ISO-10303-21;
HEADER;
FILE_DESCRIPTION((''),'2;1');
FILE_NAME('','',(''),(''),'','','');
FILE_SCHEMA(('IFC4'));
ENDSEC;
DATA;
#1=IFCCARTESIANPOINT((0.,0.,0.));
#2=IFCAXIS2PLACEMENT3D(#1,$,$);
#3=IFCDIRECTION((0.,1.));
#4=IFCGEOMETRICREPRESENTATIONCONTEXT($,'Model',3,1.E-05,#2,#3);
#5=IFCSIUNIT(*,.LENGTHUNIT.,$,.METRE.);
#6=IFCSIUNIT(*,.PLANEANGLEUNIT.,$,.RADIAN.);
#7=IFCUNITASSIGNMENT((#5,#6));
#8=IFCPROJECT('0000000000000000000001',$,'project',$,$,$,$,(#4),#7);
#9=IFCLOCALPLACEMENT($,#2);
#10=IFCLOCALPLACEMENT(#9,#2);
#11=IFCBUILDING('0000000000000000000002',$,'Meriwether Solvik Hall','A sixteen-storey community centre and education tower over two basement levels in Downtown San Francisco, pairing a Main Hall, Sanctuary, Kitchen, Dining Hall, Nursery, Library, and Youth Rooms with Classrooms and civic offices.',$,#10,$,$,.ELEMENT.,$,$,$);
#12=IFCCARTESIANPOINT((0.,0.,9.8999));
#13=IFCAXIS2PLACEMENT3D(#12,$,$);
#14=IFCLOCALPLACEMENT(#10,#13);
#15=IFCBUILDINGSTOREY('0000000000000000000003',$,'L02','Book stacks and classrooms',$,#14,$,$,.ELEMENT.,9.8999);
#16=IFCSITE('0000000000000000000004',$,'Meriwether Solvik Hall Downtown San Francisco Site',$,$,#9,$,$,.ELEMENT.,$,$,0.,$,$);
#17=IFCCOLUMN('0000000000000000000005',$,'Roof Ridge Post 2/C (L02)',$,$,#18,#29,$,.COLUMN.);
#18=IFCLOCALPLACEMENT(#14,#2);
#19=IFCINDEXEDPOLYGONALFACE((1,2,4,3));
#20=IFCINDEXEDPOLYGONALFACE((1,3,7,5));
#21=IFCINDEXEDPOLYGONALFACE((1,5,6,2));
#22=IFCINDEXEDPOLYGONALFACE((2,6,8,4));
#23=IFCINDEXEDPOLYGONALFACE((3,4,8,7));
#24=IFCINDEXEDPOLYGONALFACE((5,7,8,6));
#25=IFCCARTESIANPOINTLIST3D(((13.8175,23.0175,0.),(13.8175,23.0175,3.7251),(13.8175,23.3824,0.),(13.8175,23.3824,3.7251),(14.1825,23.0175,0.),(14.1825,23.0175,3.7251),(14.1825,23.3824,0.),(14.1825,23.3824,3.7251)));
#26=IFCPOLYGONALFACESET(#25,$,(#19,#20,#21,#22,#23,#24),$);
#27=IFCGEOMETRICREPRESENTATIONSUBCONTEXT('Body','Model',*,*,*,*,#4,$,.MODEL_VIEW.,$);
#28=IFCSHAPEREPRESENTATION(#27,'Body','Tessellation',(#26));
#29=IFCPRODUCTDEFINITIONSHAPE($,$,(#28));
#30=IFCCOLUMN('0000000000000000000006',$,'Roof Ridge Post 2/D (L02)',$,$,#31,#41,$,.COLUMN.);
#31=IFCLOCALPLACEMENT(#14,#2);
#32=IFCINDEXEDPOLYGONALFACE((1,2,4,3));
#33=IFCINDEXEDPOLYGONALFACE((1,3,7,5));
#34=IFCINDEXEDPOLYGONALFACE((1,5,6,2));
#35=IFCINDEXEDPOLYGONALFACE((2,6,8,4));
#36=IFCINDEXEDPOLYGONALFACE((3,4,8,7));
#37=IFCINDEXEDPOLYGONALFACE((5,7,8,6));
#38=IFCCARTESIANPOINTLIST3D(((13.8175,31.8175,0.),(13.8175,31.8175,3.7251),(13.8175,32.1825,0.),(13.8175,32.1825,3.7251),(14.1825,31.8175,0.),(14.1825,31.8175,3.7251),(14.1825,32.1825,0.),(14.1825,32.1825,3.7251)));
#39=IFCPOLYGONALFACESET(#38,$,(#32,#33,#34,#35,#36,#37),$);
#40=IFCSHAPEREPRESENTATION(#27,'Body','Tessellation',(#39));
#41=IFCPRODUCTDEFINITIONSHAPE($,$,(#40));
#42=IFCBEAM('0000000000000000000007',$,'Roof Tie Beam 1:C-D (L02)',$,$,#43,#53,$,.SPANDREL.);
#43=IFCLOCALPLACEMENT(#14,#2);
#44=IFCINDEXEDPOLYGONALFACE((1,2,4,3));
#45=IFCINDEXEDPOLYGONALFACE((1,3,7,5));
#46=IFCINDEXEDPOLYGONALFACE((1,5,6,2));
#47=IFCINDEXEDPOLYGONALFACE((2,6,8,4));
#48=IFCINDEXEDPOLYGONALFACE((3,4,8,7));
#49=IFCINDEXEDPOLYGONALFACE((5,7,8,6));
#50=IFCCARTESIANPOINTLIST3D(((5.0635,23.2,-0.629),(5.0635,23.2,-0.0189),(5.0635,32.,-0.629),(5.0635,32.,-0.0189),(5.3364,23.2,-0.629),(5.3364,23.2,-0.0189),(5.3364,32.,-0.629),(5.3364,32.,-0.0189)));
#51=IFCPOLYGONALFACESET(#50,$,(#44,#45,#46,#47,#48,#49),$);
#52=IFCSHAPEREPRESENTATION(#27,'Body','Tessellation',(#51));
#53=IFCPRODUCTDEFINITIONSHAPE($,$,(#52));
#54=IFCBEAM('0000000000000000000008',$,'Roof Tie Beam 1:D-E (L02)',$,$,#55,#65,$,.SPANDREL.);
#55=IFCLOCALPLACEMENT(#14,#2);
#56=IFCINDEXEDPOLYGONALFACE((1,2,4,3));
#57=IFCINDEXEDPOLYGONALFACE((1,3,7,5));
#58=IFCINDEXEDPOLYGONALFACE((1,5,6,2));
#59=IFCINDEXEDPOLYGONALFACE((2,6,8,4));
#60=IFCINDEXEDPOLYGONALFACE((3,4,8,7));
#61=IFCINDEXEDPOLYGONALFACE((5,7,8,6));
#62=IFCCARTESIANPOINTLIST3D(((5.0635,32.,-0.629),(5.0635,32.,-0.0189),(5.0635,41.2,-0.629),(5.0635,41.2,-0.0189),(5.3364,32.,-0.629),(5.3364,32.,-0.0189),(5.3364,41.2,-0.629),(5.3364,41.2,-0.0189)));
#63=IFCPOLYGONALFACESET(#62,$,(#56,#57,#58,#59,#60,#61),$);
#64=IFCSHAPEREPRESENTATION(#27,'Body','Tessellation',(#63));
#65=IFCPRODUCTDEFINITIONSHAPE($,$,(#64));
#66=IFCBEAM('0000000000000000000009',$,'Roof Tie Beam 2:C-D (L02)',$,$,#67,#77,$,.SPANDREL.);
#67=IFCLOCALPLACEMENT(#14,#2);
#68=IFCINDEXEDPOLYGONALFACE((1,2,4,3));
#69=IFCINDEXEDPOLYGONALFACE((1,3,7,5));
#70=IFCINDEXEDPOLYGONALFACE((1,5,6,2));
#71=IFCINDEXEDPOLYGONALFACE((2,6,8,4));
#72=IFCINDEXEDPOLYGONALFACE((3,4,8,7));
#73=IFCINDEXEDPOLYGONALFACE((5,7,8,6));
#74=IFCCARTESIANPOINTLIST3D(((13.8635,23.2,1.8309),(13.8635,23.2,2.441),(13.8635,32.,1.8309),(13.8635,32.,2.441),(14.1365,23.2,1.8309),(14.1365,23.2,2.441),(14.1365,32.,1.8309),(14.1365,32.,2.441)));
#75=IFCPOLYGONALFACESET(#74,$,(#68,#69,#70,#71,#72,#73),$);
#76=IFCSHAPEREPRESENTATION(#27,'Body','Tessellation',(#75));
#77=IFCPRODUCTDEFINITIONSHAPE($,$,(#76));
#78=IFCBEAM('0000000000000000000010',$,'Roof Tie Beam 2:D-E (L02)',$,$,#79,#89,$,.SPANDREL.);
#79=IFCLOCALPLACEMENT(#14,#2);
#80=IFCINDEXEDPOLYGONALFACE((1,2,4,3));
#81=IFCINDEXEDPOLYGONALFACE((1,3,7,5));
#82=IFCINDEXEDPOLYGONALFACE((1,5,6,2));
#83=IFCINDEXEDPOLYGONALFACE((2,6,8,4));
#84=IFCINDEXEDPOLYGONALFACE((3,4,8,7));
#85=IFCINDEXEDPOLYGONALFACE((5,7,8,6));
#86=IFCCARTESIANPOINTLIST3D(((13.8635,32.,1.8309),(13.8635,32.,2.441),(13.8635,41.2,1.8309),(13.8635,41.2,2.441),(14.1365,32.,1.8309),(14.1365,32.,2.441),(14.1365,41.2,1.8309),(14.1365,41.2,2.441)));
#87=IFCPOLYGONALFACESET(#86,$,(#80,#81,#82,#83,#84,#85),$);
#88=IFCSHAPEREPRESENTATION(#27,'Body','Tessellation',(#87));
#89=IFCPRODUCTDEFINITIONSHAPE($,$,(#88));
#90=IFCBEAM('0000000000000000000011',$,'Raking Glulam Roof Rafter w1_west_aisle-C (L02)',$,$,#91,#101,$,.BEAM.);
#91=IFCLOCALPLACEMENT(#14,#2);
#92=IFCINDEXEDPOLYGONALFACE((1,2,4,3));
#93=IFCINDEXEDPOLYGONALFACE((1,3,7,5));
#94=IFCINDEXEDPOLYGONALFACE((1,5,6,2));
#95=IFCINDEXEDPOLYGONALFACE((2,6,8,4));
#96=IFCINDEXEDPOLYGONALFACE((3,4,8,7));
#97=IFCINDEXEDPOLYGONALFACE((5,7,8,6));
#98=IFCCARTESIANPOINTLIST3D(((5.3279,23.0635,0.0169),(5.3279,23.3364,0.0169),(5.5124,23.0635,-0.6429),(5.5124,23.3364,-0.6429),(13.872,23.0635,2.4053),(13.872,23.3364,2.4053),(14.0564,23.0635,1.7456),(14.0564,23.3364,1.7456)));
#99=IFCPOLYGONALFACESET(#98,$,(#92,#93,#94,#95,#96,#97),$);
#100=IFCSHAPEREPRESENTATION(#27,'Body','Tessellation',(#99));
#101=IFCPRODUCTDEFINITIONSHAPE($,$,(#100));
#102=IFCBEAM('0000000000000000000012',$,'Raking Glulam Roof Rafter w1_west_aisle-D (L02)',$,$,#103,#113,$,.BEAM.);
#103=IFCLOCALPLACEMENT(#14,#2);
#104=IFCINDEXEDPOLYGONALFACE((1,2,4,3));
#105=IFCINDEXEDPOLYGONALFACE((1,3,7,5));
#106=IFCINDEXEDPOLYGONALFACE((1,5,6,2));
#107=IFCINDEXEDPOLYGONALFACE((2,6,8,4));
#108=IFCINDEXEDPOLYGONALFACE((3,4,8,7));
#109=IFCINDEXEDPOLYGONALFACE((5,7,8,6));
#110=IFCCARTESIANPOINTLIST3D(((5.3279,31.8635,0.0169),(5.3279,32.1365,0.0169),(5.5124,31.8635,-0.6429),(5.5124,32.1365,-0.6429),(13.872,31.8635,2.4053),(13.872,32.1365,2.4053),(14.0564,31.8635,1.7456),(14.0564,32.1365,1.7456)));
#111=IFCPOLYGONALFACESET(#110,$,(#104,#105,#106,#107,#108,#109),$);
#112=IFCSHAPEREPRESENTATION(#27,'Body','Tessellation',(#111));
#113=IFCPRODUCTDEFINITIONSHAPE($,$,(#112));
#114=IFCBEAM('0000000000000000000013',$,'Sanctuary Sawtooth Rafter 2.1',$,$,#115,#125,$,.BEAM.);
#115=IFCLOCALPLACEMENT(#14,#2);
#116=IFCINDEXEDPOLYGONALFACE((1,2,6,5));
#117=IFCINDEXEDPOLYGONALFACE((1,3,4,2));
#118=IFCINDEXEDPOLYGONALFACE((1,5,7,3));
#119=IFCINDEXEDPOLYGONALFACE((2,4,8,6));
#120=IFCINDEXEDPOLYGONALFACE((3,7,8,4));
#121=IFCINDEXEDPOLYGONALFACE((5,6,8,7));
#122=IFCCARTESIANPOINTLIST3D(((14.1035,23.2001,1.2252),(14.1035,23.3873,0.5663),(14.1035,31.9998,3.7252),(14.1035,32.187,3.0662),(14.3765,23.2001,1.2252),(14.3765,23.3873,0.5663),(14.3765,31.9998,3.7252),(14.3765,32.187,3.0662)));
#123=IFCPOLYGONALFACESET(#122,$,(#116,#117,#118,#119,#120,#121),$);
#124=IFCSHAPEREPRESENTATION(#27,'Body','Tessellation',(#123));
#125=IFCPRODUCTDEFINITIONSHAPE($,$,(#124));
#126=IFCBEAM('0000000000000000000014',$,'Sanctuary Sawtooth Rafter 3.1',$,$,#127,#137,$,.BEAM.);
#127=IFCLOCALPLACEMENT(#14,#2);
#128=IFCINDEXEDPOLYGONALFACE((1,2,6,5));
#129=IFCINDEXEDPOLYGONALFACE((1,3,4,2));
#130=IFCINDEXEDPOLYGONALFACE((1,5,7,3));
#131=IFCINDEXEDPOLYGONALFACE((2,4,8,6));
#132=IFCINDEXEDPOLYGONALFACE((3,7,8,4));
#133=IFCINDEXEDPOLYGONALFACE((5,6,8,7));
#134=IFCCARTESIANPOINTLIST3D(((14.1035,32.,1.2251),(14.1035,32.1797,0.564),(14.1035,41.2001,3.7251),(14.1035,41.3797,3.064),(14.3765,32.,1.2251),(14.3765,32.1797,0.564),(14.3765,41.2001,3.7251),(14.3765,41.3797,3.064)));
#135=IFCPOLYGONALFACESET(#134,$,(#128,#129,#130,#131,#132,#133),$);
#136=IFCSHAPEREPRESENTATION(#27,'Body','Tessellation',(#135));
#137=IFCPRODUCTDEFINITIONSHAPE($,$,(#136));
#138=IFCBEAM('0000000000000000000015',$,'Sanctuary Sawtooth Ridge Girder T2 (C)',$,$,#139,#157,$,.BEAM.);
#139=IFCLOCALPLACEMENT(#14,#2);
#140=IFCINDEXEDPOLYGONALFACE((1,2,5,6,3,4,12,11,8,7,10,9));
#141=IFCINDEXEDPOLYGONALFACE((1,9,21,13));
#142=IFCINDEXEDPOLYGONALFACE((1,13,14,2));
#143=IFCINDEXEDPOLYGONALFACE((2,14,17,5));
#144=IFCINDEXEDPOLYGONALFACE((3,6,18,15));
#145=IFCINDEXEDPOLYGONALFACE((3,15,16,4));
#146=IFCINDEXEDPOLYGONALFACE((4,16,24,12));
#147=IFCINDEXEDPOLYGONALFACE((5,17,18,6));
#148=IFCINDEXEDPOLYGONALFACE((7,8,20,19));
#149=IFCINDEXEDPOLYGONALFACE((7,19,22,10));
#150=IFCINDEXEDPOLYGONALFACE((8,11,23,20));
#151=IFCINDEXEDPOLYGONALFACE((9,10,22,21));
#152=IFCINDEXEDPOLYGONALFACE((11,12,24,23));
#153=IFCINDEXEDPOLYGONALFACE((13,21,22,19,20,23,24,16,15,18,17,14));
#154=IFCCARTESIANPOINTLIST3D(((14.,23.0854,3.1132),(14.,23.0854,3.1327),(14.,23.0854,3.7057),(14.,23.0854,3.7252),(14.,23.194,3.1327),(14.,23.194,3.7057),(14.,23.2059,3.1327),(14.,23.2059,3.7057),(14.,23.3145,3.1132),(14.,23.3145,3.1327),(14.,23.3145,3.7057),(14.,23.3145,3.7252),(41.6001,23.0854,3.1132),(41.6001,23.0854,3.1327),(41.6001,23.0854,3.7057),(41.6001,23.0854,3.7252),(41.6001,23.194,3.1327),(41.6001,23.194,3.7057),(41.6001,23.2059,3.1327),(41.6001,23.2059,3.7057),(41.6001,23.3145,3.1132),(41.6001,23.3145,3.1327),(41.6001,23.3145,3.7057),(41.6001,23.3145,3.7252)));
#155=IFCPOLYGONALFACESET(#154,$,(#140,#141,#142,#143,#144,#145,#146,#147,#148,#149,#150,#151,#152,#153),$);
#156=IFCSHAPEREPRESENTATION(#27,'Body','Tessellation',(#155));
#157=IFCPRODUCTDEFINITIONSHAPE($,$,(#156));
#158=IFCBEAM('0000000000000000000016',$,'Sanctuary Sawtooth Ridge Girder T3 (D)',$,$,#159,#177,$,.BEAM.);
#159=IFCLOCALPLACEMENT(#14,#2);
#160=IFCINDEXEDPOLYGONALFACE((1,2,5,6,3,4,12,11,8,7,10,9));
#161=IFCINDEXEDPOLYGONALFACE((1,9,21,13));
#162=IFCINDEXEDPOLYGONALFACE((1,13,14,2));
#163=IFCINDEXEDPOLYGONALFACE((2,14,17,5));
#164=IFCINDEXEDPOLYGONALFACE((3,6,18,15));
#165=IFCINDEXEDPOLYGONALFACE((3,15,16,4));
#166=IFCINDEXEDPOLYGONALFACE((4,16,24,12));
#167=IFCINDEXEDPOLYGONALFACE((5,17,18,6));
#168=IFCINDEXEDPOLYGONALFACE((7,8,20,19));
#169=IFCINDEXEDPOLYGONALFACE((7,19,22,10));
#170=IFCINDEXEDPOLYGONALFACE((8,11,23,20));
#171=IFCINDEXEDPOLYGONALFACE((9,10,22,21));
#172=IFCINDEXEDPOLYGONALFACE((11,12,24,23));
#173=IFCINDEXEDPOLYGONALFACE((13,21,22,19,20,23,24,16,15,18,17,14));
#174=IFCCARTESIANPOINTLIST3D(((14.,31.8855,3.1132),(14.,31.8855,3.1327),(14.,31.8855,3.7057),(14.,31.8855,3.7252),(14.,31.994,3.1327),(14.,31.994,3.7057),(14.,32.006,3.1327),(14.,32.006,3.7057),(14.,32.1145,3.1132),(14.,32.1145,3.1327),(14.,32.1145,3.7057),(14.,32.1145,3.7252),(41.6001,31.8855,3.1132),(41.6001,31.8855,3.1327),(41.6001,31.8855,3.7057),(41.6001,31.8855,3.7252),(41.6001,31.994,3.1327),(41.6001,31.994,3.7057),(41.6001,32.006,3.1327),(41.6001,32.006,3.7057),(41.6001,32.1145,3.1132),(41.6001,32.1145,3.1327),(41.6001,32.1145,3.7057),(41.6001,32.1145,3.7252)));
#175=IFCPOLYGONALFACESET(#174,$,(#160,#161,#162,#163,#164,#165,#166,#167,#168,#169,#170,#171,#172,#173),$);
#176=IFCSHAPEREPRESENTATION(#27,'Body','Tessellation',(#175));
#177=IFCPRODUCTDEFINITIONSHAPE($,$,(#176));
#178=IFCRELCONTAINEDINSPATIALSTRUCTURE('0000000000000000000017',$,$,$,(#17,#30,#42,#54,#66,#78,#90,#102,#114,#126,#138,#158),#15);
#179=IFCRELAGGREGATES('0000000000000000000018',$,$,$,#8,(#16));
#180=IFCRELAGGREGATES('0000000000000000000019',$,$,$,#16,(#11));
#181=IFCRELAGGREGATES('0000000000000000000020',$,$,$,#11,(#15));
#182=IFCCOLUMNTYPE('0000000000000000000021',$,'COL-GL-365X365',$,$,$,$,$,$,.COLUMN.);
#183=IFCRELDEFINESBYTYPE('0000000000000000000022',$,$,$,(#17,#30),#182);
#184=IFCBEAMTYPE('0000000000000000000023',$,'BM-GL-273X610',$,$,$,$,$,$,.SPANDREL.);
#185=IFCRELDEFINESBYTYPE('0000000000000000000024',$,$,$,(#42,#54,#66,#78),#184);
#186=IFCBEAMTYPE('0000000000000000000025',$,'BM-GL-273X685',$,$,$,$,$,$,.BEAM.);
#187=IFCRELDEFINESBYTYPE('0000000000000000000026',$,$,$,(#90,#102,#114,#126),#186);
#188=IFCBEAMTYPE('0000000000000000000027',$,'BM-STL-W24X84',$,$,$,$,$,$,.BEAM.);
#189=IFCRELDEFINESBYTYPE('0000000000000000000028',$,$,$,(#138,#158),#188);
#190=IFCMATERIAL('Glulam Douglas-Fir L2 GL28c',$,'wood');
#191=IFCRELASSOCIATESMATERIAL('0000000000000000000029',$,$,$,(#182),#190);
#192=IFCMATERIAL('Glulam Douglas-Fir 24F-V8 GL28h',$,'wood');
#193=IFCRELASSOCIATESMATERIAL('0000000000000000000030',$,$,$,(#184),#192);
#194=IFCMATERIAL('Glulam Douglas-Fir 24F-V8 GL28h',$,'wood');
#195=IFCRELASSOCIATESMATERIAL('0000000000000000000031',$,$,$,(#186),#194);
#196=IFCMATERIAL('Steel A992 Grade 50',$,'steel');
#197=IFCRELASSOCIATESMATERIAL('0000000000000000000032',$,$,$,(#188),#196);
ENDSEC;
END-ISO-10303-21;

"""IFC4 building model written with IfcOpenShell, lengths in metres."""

from ifc_helpers import new_model, si_unit, direction, frame, origin, origin_2d, place, context, subcontext, project, spatial, rectangle, i_section, extrude, material, material_profile, profile_set, type_object, element, save


model = new_model("IFC4")

# Units and contexts
model_context = context("Model", 3, precision=1e-05, world=origin(), true_north=direction((0.0, 1.0)))
body_context = subcontext(model_context, "Body", "Model", "MODEL_VIEW")
ifc_project = project(units=[si_unit("LENGTHUNIT", "METRE"), si_unit("PLANEANGLEUNIT", "RADIAN")], contexts=[model_context])

# Site, building, storey
site_placement = place(None, origin())
site = spatial("IfcSite", under=ifc_project, at=site_placement, Name="Meriwether Solvik Hall Downtown San Francisco Site", CompositionType="ELEMENT", RefElevation=0.0)
building_placement = place(site_placement, origin())
building = spatial("IfcBuilding", under=site, at=building_placement, Name="Meriwether Solvik Hall", Description="A sixteen-storey community centre and education tower over two basement levels in Downtown San Francisco, pairing a Main Hall, Sanctuary, Kitchen, Dining Hall, Nursery, Library, and Youth Rooms with Classrooms and civic offices.", CompositionType="ELEMENT")
storey_placement = place(building_placement, frame((0.0, 0.0, 9.8999)))
storey = spatial("IfcBuildingStorey", under=building, at=storey_placement, Name="L02", Description="Book stacks and classrooms", CompositionType="ELEMENT", Elevation=9.8999)

# Columns
ifc_material_1 = material(Name="Glulam Douglas-Fir L2 GL28c", Category="wood")
ifc_material_profile_1 = material_profile(ifc_material_1, rectangle(XDim=0.365, YDim=0.365, at=origin_2d()), Name="GLC-365X365")
ifc_profile_set_1 = profile_set([ifc_material_profile_1], Name="Glulam Douglas-Fir L2 GL28c")
column_type = type_object("IfcColumnType", Name="COL-GL-365X365", PredefinedType="COLUMN", material=ifc_profile_set_1)
for number, where, z_axis, x_axis, name in (
    (1, (14.0, 23.2, 0.0), (0.0, 0.0, 1.0), (1.0, 0.0, 0.0), "Roof Ridge Post 2/C (L02)"),
    (2, (14.0, 32.0, 0.0), (0.0, 0.0, 1.0), (1.0, 0.0, 0.0), "Roof Ridge Post 2/D (L02)"),
):
    element("IfcColumn", number, at=place(storey_placement, frame(where, z_axis=z_axis, x_axis=x_axis)), inside=storey, type_object=column_type, Name=name, PredefinedType="COLUMN", context=body_context, shape_type="SweptSolid", body=[
        extrude(rectangle(XDim=0.365, YDim=0.365, at=origin_2d()), origin(), (0.0, 0.0, 1.0), 3.7251),
    ])

# Beams
ifc_material_2 = material(Name="Glulam Douglas-Fir 24F-V8 GL28h", Category="wood")
ifc_material_profile_2 = material_profile(ifc_material_2, rectangle(XDim=0.2729, YDim=0.6101, at=origin_2d()), Name="GLB-273X610")
ifc_profile_set_2 = profile_set([ifc_material_profile_2], Name="Glulam Douglas-Fir 24F-V8 GL28h")
beam_type_1 = type_object("IfcBeamType", Name="BM-GL-273X610", PredefinedType="SPANDREL", material=ifc_profile_set_2)
beam_1_placement = place(storey_placement, frame((5.2, 23.2, -0.324), z_axis=(0.0, 1.0, 0.0), x_axis=(-1.0, 0.0, 0.0)))
element("IfcBeam", 3, at=beam_1_placement, inside=storey, type_object=beam_type_1, Name="Roof Tie Beam 1:C-D (L02)", PredefinedType="SPANDREL", context=body_context, shape_type="SweptSolid", body=[
    extrude(rectangle(XDim=0.2729, YDim=0.6101, at=origin_2d()), origin(), (0.0, 0.0, 1.0), 8.8),
])
beam_2_placement = place(storey_placement, frame((5.2, 32.0, -0.324), z_axis=(0.0, 1.0, 0.0), x_axis=(-1.0, 0.0, 0.0)))
element("IfcBeam", 4, at=beam_2_placement, inside=storey, type_object=beam_type_1, Name="Roof Tie Beam 1:D-E (L02)", PredefinedType="SPANDREL", context=body_context, shape_type="SweptSolid", body=[
    extrude(rectangle(XDim=0.2729, YDim=0.6101, at=origin_2d()), origin(), (0.0, 0.0, 1.0), 9.2),
])
beam_3_placement = place(storey_placement, frame((14.0, 23.2, 2.136), z_axis=(0.0, 1.0, 0.0), x_axis=(-1.0, 0.0, 0.0)))
element("IfcBeam", 5, at=beam_3_placement, inside=storey, type_object=beam_type_1, Name="Roof Tie Beam 2:C-D (L02)", PredefinedType="SPANDREL", context=body_context, shape_type="SweptSolid", body=[
    extrude(rectangle(XDim=0.2729, YDim=0.6101, at=origin_2d()), origin(), (0.0, 0.0, 1.0), 8.8),
])
beam_4_placement = place(storey_placement, frame((14.0, 32.0, 2.136), z_axis=(0.0, 1.0, 0.0), x_axis=(-1.0, 0.0, 0.0)))
element("IfcBeam", 6, at=beam_4_placement, inside=storey, type_object=beam_type_1, Name="Roof Tie Beam 2:D-E (L02)", PredefinedType="SPANDREL", context=body_context, shape_type="SweptSolid", body=[
    extrude(rectangle(XDim=0.2729, YDim=0.6101, at=origin_2d()), origin(), (0.0, 0.0, 1.0), 9.2),
])
ifc_material_3 = material(Name="Glulam Douglas-Fir 24F-V8 GL28h", Category="wood")
ifc_material_profile_3 = material_profile(ifc_material_3, rectangle(XDim=0.2729, YDim=0.6851, at=origin_2d()), Name="GLB-273X685")
ifc_profile_set_3 = profile_set([ifc_material_profile_3], Name="Glulam Douglas-Fir 24F-V8 GL28h")
beam_type_2 = type_object("IfcBeamType", Name="BM-GL-273X685", PredefinedType="BEAM", material=ifc_profile_set_3)
for number, where, z_axis, x_axis, name in (
    (7, (5.4202, 23.2, -0.313), (0.963077, 0.0, 0.269225), (0.0, 1.0, 0.0), "Raking Glulam Roof Rafter w1_west_aisle-C (L02)"),
    (8, (5.4202, 32.0, -0.313), (0.963077, 0.0, 0.269225), (0.0, 1.0, 0.0), "Raking Glulam Roof Rafter w1_west_aisle-D (L02)"),
):
    element("IfcBeam", number, at=place(storey_placement, frame(where, z_axis=z_axis, x_axis=x_axis)), inside=storey, type_object=beam_type_2, Name=name, PredefinedType="BEAM", context=body_context, shape_type="SweptSolid", body=[
        extrude(rectangle(XDim=0.2729, YDim=0.6851, at=origin_2d()), origin(), (0.0, 0.0, 1.0), 8.8716),
    ])
beam_5_placement = place(storey_placement, frame((14.24, 23.2937, 0.8958), z_axis=(0.0, 0.961934, 0.273283), x_axis=(-1.0, 0.0, 0.0)))
element("IfcBeam", 9, at=beam_5_placement, inside=storey, type_object=beam_type_2, Name="Sanctuary Sawtooth Rafter 2.1", PredefinedType="BEAM", context=body_context, shape_type="SweptSolid", body=[
    extrude(rectangle(XDim=0.2729, YDim=0.6851, at=origin_2d()), origin(), (0.0, 0.0, 1.0), 9.1479),
])
beam_6_placement = place(storey_placement, frame((14.24, 32.0898, 0.8945), z_axis=(0.0, 0.965005, 0.262231), x_axis=(-1.0, 0.0, 0.0)))
element("IfcBeam", 10, at=beam_6_placement, inside=storey, type_object=beam_type_2, Name="Sanctuary Sawtooth Rafter 3.1", PredefinedType="BEAM", context=body_context, shape_type="SweptSolid", body=[
    extrude(rectangle(XDim=0.2729, YDim=0.6851, at=origin_2d()), origin(), (0.0, 0.0, 1.0), 9.5337),
])
ifc_material_4 = material(Name="Steel A992 Grade 50", Category="steel")
ifc_material_profile_4 = material_profile(ifc_material_4, i_section(OverallWidth=0.229, OverallDepth=0.6121, WebThickness=0.012, FlangeThickness=0.0195, at=origin_2d()), Name="W24X84")
ifc_profile_set_4 = profile_set([ifc_material_profile_4], Name="Steel A992 Grade 50")
beam_type_3 = type_object("IfcBeamType", Name="BM-STL-W24X84", PredefinedType="BEAM", material=ifc_profile_set_4)
for number, where, z_axis, x_axis, name in (
    (11, (14.0, 23.2, 3.4192), (1.0, 0.0, 0.0), (0.0, 1.0, 0.0), "Sanctuary Sawtooth Ridge Girder T2 (C)"),
    (12, (14.0, 32.0, 3.4192), (1.0, 0.0, 0.0), (0.0, 1.0, 0.0), "Sanctuary Sawtooth Ridge Girder T3 (D)"),
):
    element("IfcBeam", number, at=place(storey_placement, frame(where, z_axis=z_axis, x_axis=x_axis)), inside=storey, type_object=beam_type_3, Name=name, PredefinedType="BEAM", context=body_context, shape_type="SweptSolid", body=[
        extrude(i_section(OverallWidth=0.229, OverallDepth=0.6121, WebThickness=0.012, FlangeThickness=0.0195, at=origin_2d()), origin(), (0.0, 0.0, 1.0), 27.6001),
    ])

save(model, "model.ifc")
